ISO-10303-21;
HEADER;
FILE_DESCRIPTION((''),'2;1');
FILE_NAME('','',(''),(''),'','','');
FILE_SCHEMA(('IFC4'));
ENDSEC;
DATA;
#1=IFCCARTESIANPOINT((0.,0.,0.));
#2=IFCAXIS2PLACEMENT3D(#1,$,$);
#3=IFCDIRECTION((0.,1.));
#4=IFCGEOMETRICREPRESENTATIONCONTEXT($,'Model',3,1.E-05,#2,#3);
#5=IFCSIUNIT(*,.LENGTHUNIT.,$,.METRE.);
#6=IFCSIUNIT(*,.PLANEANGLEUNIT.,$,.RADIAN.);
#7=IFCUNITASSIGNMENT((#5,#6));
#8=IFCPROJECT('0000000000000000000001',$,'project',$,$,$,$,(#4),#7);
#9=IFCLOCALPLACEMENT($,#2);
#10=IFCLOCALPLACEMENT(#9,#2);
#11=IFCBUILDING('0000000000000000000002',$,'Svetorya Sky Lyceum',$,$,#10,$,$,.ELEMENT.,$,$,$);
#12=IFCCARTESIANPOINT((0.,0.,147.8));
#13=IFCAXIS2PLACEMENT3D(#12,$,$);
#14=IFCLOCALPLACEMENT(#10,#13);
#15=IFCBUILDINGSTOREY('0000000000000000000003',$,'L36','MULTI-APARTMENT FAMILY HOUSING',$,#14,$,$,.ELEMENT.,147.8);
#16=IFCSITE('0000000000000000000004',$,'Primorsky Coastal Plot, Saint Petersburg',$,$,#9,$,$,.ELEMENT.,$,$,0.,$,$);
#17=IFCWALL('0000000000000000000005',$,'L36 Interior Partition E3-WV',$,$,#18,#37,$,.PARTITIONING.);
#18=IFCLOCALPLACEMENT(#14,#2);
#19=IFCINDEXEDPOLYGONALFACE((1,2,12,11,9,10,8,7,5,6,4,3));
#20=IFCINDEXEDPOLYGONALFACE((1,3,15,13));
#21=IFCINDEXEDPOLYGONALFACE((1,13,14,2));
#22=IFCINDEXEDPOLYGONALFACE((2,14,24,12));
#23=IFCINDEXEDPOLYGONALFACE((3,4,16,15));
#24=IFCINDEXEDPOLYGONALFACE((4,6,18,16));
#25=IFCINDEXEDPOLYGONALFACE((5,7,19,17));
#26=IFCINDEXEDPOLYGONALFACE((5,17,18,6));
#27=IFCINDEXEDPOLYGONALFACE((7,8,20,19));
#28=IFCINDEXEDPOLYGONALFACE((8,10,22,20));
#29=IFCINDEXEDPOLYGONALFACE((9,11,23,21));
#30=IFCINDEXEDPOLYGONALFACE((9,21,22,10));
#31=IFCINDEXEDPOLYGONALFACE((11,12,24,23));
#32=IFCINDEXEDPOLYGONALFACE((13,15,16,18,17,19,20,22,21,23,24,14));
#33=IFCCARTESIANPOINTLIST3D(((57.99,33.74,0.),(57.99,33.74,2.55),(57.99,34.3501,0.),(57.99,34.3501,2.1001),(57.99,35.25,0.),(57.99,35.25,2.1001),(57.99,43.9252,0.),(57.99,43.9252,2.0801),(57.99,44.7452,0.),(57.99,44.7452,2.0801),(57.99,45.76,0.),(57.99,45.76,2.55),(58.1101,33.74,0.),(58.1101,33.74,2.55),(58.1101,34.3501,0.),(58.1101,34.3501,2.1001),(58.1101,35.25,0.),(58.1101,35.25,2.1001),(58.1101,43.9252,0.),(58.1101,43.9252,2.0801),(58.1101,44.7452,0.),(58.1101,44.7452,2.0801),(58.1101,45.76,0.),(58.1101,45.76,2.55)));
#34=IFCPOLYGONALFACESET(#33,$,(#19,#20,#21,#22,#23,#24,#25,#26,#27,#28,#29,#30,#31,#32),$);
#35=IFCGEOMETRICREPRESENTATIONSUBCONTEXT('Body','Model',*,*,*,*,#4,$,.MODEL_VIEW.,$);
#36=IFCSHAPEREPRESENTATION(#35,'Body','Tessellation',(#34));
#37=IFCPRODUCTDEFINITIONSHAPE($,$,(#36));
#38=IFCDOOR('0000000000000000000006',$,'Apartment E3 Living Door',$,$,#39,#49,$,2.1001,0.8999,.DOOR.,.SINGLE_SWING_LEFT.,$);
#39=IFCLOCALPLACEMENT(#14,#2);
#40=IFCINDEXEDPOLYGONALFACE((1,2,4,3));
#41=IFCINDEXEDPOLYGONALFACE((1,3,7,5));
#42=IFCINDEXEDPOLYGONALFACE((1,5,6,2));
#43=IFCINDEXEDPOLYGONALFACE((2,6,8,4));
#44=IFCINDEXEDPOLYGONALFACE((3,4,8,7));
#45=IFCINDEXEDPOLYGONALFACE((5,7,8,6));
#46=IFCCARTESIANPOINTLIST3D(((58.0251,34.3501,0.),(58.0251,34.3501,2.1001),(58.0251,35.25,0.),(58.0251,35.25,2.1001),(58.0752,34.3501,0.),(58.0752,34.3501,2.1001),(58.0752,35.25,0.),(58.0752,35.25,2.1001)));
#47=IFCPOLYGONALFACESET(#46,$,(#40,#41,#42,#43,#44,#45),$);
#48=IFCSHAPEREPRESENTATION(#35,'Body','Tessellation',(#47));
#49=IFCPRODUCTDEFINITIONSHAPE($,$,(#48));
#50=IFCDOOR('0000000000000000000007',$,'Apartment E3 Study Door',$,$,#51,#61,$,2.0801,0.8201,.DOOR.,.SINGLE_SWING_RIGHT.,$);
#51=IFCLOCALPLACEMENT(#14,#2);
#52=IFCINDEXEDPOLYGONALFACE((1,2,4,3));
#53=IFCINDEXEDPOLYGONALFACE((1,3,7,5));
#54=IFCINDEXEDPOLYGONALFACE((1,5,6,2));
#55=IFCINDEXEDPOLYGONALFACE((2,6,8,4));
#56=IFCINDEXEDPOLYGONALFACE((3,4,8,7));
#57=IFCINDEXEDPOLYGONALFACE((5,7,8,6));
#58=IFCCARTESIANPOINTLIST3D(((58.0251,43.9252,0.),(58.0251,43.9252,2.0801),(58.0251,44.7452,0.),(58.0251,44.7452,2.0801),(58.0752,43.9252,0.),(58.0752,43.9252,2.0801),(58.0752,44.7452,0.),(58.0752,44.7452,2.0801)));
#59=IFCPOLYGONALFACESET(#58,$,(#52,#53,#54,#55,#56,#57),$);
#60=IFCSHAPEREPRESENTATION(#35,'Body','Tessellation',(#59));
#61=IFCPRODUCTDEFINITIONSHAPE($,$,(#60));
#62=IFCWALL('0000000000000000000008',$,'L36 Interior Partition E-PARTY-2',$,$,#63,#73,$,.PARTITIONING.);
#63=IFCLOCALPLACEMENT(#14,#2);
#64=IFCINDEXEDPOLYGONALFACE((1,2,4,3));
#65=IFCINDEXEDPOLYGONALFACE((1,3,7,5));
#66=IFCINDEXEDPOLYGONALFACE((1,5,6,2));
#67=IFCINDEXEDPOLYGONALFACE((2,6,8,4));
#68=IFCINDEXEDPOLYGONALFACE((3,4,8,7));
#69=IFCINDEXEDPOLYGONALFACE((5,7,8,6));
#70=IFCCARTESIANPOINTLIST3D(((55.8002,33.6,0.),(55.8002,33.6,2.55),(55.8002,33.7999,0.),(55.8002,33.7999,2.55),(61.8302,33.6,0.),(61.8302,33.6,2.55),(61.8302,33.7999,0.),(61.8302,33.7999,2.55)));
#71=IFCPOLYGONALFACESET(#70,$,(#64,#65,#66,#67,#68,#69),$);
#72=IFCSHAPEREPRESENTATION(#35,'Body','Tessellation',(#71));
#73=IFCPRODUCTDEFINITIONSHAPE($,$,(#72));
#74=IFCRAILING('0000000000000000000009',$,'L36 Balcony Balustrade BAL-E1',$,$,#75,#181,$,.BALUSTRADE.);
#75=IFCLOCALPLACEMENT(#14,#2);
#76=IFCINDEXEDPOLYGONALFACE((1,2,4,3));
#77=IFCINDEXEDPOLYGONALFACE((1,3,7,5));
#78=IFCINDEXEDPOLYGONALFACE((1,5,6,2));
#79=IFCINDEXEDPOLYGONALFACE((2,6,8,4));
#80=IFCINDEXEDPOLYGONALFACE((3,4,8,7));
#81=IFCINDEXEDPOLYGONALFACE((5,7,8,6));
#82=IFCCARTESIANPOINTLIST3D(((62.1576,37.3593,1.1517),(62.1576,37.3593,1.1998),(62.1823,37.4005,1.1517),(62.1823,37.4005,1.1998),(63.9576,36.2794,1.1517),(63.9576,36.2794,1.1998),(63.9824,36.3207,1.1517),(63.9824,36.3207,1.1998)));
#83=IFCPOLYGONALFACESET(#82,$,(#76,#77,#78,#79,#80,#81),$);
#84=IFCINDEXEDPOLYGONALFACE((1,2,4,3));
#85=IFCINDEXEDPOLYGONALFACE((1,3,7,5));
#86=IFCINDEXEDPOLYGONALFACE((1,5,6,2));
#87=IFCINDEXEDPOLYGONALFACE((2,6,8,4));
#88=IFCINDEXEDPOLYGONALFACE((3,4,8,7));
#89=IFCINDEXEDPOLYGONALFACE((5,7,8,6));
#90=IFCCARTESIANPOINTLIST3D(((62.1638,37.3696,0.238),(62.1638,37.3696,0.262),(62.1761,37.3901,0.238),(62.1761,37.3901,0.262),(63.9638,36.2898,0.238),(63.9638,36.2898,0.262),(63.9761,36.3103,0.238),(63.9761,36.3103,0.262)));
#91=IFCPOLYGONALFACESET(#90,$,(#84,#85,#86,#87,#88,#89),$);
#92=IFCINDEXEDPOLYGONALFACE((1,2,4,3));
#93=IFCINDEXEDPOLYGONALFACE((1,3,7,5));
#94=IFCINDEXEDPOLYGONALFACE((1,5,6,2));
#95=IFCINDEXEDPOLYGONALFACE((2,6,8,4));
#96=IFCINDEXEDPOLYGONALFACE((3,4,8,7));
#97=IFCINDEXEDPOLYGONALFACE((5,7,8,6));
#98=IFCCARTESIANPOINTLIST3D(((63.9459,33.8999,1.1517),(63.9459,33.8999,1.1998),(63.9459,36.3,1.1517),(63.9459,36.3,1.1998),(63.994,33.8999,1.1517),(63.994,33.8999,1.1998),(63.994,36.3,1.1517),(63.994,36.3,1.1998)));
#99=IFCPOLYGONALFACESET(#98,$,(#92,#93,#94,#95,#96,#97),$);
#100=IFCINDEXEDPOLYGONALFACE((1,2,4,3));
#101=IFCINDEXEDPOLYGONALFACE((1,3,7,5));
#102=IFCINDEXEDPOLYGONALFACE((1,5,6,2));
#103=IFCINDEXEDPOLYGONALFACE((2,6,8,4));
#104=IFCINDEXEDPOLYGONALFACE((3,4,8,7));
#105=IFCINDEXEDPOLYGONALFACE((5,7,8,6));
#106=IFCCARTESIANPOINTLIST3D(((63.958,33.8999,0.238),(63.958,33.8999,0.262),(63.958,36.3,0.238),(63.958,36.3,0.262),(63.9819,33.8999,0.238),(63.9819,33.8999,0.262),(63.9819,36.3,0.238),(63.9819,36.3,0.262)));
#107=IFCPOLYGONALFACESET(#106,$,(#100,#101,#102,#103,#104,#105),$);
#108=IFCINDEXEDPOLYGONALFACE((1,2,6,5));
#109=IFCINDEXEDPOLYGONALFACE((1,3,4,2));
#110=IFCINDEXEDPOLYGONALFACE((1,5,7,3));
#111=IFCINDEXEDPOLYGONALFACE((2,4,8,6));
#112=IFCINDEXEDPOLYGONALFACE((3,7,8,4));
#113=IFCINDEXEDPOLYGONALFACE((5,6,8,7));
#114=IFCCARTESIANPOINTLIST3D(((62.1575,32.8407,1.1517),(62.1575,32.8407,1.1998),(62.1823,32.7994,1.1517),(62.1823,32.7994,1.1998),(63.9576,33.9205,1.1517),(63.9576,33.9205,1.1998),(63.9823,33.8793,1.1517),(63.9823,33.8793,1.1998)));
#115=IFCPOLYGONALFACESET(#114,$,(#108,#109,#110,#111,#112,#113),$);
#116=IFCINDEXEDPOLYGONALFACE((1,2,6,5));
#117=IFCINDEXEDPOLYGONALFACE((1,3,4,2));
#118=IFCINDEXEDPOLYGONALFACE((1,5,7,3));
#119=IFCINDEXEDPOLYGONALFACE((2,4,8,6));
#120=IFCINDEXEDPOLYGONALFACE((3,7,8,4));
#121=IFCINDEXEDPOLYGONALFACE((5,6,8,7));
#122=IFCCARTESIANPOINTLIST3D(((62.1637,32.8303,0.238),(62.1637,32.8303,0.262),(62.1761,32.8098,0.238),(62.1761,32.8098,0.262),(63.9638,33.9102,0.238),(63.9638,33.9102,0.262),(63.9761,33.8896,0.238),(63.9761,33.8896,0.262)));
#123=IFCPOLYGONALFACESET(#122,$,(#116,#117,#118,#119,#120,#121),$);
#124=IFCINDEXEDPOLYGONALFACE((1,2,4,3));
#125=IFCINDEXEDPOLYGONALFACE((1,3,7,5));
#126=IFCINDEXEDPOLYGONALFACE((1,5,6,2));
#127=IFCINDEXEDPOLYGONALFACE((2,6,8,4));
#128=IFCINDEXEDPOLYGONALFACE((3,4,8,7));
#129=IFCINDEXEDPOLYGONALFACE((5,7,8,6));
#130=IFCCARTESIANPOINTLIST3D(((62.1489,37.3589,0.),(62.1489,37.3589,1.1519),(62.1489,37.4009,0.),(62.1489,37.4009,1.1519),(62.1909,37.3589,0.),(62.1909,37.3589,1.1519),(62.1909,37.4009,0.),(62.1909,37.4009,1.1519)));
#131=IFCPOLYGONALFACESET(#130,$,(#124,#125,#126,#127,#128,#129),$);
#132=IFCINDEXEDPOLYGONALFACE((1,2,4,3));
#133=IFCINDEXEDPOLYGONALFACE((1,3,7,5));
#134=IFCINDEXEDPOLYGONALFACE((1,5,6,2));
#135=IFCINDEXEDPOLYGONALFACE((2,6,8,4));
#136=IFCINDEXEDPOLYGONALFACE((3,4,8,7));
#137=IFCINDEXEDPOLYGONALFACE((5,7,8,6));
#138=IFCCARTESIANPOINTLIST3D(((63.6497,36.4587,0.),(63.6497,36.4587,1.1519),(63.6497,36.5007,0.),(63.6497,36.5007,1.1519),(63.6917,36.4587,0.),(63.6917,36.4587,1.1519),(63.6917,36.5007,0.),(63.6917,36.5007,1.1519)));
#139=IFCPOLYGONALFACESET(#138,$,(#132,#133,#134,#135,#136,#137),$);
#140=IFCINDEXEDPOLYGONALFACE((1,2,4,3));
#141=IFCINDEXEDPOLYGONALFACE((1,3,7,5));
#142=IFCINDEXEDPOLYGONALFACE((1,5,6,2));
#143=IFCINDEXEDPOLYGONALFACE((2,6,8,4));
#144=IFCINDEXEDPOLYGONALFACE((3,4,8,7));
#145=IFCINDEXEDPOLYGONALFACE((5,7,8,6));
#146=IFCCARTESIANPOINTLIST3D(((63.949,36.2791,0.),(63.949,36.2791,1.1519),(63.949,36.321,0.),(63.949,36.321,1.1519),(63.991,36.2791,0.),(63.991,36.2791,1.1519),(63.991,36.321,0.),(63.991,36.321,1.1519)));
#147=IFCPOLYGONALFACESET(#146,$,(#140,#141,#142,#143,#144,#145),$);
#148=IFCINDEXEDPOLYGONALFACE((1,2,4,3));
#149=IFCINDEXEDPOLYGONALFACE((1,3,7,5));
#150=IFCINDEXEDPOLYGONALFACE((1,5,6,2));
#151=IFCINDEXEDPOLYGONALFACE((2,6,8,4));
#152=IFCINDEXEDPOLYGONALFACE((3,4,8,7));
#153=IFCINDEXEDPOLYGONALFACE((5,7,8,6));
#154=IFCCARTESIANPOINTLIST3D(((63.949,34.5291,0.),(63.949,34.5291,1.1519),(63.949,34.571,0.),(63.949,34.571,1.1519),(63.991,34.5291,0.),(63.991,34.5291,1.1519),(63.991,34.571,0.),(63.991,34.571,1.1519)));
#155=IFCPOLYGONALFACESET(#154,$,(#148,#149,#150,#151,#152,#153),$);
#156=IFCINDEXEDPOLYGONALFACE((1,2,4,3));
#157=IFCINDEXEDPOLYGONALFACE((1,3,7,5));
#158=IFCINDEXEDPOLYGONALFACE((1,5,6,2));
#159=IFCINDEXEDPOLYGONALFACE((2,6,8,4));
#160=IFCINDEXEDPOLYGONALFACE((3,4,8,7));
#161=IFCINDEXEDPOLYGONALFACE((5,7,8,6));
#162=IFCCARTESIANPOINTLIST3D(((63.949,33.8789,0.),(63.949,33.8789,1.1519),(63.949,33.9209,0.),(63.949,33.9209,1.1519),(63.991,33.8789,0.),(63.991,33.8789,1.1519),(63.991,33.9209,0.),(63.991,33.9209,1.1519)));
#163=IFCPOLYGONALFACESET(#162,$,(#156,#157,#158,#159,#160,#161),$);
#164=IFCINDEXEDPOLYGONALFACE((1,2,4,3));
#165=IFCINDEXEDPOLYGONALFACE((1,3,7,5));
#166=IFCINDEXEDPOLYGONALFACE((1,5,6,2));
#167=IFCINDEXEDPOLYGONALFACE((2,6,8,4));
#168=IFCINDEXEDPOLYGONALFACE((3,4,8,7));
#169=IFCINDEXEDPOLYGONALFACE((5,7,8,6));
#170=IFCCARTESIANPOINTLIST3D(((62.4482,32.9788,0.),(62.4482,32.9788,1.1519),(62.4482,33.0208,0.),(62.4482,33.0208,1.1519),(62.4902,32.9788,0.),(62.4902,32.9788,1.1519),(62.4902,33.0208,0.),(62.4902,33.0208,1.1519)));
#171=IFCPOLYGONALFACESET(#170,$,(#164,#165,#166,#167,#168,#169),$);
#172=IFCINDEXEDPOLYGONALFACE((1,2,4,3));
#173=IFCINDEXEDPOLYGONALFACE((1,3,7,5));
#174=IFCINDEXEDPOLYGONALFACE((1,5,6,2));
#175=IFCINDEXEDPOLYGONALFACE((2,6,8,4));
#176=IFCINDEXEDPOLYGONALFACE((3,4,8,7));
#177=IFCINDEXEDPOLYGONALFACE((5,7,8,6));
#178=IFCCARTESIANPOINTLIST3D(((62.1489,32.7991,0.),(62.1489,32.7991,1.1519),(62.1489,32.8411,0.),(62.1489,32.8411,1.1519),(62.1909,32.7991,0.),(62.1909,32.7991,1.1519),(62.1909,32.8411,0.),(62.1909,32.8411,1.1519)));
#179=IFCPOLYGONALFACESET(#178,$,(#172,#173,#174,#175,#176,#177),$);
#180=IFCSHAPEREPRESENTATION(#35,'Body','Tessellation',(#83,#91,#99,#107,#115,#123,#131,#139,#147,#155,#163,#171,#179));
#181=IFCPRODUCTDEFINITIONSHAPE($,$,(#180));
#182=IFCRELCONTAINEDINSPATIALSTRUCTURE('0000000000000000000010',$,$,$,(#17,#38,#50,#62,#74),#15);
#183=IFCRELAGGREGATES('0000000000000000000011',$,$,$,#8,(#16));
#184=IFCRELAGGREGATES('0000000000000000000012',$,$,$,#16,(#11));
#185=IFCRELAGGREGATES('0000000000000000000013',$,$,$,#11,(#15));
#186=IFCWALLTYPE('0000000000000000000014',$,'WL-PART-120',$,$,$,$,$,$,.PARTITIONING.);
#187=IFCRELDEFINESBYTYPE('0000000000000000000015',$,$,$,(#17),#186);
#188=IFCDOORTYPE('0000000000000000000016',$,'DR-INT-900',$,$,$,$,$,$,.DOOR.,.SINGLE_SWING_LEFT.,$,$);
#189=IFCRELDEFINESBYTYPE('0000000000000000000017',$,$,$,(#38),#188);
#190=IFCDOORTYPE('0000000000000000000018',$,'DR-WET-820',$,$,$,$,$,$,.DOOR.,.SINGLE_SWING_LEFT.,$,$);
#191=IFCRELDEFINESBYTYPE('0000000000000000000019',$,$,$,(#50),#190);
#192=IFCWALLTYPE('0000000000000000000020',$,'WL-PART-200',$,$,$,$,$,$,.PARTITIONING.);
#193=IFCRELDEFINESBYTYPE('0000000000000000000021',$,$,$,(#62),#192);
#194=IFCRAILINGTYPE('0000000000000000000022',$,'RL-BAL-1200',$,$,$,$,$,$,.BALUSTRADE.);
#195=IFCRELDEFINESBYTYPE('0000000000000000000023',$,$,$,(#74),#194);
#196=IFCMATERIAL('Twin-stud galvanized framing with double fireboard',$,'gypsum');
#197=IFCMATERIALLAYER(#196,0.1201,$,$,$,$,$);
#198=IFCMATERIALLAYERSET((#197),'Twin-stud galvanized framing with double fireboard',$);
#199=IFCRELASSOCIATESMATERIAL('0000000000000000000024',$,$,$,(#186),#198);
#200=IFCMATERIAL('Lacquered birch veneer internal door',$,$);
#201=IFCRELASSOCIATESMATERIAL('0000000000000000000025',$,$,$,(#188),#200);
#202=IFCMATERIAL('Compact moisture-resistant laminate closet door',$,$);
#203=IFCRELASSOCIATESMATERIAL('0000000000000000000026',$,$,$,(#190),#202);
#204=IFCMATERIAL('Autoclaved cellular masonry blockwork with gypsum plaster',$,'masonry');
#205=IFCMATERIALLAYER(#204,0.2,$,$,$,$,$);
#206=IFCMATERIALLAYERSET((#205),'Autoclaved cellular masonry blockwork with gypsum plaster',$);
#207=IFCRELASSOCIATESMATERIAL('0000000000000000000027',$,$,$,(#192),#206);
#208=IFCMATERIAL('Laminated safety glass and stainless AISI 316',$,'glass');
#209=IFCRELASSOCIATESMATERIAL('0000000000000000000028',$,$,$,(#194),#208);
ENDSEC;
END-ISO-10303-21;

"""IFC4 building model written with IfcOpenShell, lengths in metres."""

from ifc_helpers import new_model, si_unit, direction, frame, frame_2d, origin, origin_2d, place, context, subcontext, project, spatial, rectangle, extrude, material, layer, layer_set, type_object, element, fill, save


model = new_model("IFC4")

# Units and contexts
model_context = context("Model", 3, precision=1e-05, world=origin(), true_north=direction((0.0, 1.0)))
body_context = subcontext(model_context, "Body", "Model", "MODEL_VIEW")
ifc_project = project(units=[si_unit("LENGTHUNIT", "METRE"), si_unit("PLANEANGLEUNIT", "RADIAN")], contexts=[model_context])

# Site, building, storey
site_placement = place(None, origin())
site = spatial("IfcSite", under=ifc_project, at=site_placement, Name="Primorsky Coastal Plot, Saint Petersburg", CompositionType="ELEMENT", RefElevation=0.0)
building_placement = place(site_placement, origin())
building = spatial("IfcBuilding", under=site, at=building_placement, Name="Svetorya Sky Lyceum", CompositionType="ELEMENT")
storey_placement = place(building_placement, frame((0.0, 0.0, 147.8)))
storey = spatial("IfcBuildingStorey", under=building, at=storey_placement, Name="L36", Description="MULTI-APARTMENT FAMILY HOUSING", CompositionType="ELEMENT", Elevation=147.8)

# Shared definitions
ifc_material_1 = material(Name="Twin-stud galvanized framing with double fireboard", Category="gypsum")
ifc_layer_1 = layer(ifc_material_1, 0.1201)
ifc_layer_set_1 = layer_set([ifc_layer_1], Name="Twin-stud galvanized framing with double fireboard")
wall_type_1 = type_object("IfcWallType", Name="WL-PART-120", PredefinedType="PARTITIONING", material=ifc_layer_set_1)
ifc_material_2 = material(Name="Lacquered birch veneer internal door")
door_type_1 = type_object("IfcDoorType", Name="DR-INT-900", OperationType="SINGLE_SWING_LEFT", PredefinedType="DOOR", material=ifc_material_2)

# Wall, openings, doors
wall_1_placement = place(storey_placement, frame((58.05, 33.74, 0.0), z_axis=(0.0, 0.0, 1.0), x_axis=(0.0, 1.0, 0.0)))
wall_1 = element("IfcWall", 1, at=wall_1_placement, inside=storey, type_object=wall_type_1, Name="L36 Interior Partition E3-WV", PredefinedType="PARTITIONING", context=body_context, shape_type="SweptSolid", body=[
    extrude(rectangle(XDim=12.02, YDim=0.1201, at=frame_2d((6.01, 0.0))), origin(), (0.0, 0.0, 1.0), 2.55),
])
opening_1_placement = place(wall_1_placement, frame((0.6101, 0.0, 0.0)))
opening_1 = element("IfcOpeningElement", 2, at=opening_1_placement, cuts=wall_1, PredefinedType="OPENING", context=body_context, shape_type="SweptSolid", body=[
    extrude(rectangle(XDim=0.8999, YDim=2.1001, at=frame_2d((0.45, 1.05))), frame((0.0, 0.0701, 0.0), z_axis=(0.0, -1.0, 0.0), x_axis=(1.0, 0.0, 0.0)), (0.0, 0.0, 1.0), 0.1401),
])
opening_2_placement = place(wall_1_placement, frame((10.1851, 0.0, 0.0)))
opening_2 = element("IfcOpeningElement", 3, at=opening_2_placement, cuts=wall_1, PredefinedType="OPENING", context=body_context, shape_type="SweptSolid", body=[
    extrude(rectangle(XDim=0.8201, YDim=2.0801, at=frame_2d((0.4102, 1.04))), frame((0.0, 0.0701, 0.0), z_axis=(0.0, -1.0, 0.0), x_axis=(1.0, 0.0, 0.0)), (0.0, 0.0, 1.0), 0.1401),
])
door_1_placement = place(opening_1_placement, origin())
door_1 = element("IfcDoor", 4, at=door_1_placement, inside=storey, type_object=door_type_1, Name="Apartment E3 Living Door", OperationType="SINGLE_SWING_LEFT", OverallHeight=2.1001, OverallWidth=0.8999, PredefinedType="DOOR", context=body_context, shape_type="SweptSolid", body=[
    extrude(rectangle(XDim=0.8999, YDim=2.1001, at=frame_2d((0.45, 1.05))), frame((0.0, 0.0249, 0.0), z_axis=(0.0, -1.0, 0.0), x_axis=(1.0, 0.0, 0.0)), (0.0, 0.0, 1.0), 0.05),
])
fill(opening_1, door_1)
ifc_material_3 = material(Name="Compact moisture-resistant laminate closet door")
door_type_2 = type_object("IfcDoorType", Name="DR-WET-820", OperationType="SINGLE_SWING_LEFT", PredefinedType="DOOR", material=ifc_material_3)
door_2_placement = place(opening_2_placement, origin())
door_2 = element("IfcDoor", 5, at=door_2_placement, inside=storey, type_object=door_type_2, Name="Apartment E3 Study Door", OperationType="SINGLE_SWING_RIGHT", OverallHeight=2.0801, OverallWidth=0.8201, PredefinedType="DOOR", context=body_context, shape_type="SweptSolid", body=[
    extrude(rectangle(XDim=0.8201, YDim=2.0801, at=frame_2d((0.4102, 1.04))), frame((0.0, 0.0249, 0.0), z_axis=(0.0, -1.0, 0.0), x_axis=(1.0, 0.0, 0.0)), (0.0, 0.0, 1.0), 0.05),
])
fill(opening_2, door_2)

# Wall
ifc_material_4 = material(Name="Autoclaved cellular masonry blockwork with gypsum plaster", Category="masonry")
ifc_layer_2 = layer(ifc_material_4, 0.2)
ifc_layer_set_2 = layer_set([ifc_layer_2], Name="Autoclaved cellular masonry blockwork with gypsum plaster")
wall_type_2 = type_object("IfcWallType", Name="WL-PART-200", PredefinedType="PARTITIONING", material=ifc_layer_set_2)
wall_2_placement = place(storey_placement, frame((55.8, 33.7, 0.0), z_axis=(0.0, 0.0, 1.0), x_axis=(1.0, 0.0, 0.0)))
element("IfcWall", 6, at=wall_2_placement, inside=storey, type_object=wall_type_2, Name="L36 Interior Partition E-PARTY-2", PredefinedType="PARTITIONING", context=body_context, shape_type="SweptSolid", body=[
    extrude(rectangle(XDim=6.03, YDim=0.2, at=frame_2d((3.0151, 0.0))), origin(), (0.0, 0.0, 1.0), 2.55),
])

# Railing
ifc_material_5 = material(Name="Laminated safety glass and stainless AISI 316", Category="glass")
railing_type = type_object("IfcRailingType", Name="RL-BAL-1200", PredefinedType="BALUSTRADE", material=ifc_material_5)
railing_placement = place(storey_placement, frame((62.1699, 37.3799, 0.0)))
element("IfcRailing", 7, at=railing_placement, inside=storey, type_object=railing_type, Name="L36 Balcony Balustrade BAL-E1", PredefinedType="BALUSTRADE", context=body_context, shape_type="SweptSolid", body=[
    extrude(rectangle(XDim=0.0481, YDim=0.0481, at=origin_2d()), frame((0.0, 0.0, 1.1758), z_axis=(0.857534, -0.514427, 0.0), x_axis=(0.514427, 0.857534, 0.0)), (0.0, 0.0, 1.0), 2.0991),
    extrude(rectangle(XDim=0.0239, YDim=0.0239, at=origin_2d()), frame((0.0, 0.0, 0.25), z_axis=(0.857534, -0.514427, 0.0), x_axis=(0.514427, 0.857534, 0.0)), (0.0, 0.0, 1.0), 2.0991),
    extrude(rectangle(XDim=0.0481, YDim=0.0481, at=origin_2d()), frame((1.8, -1.0798, 1.1758), z_axis=(0.0, -1.0, 0.0), x_axis=(1.0, 0.0, 0.0)), (0.0, 0.0, 1.0), 2.4001),
    extrude(rectangle(XDim=0.0239, YDim=0.0239, at=origin_2d()), frame((1.8, -1.0798, 0.25), z_axis=(0.0, -1.0, 0.0), x_axis=(1.0, 0.0, 0.0)), (0.0, 0.0, 1.0), 2.4001),
    extrude(rectangle(XDim=0.0481, YDim=0.0481, at=origin_2d()), frame((1.8, -3.48, 1.1758), z_axis=(-0.857534, -0.514427, 0.0), x_axis=(0.514427, -0.857534, 0.0)), (0.0, 0.0, 1.0), 2.0991),
    extrude(rectangle(XDim=0.0239, YDim=0.0239, at=origin_2d()), frame((1.8, -3.48, 0.25), z_axis=(-0.857534, -0.514427, 0.0), x_axis=(0.514427, -0.857534, 0.0)), (0.0, 0.0, 1.0), 2.0991),
    extrude(rectangle(XDim=0.042, YDim=0.042, at=origin_2d()), origin(), (0.0, 0.0, 1.0), 1.1519),
    extrude(rectangle(XDim=0.042, YDim=0.042, at=origin_2d()), frame((1.5007, -0.9001, 0.0)), (0.0, 0.0, 1.0), 1.1519),
    extrude(rectangle(XDim=0.042, YDim=0.042, at=origin_2d()), frame((1.8, -1.0798, 0.0)), (0.0, 0.0, 1.0), 1.1519),
    extrude(rectangle(XDim=0.042, YDim=0.042, at=origin_2d()), frame((1.8, -2.8298, 0.0)), (0.0, 0.0, 1.0), 1.1519),
    extrude(rectangle(XDim=0.042, YDim=0.042, at=origin_2d()), frame((1.8, -3.48, 0.0)), (0.0, 0.0, 1.0), 1.1519),
    extrude(rectangle(XDim=0.042, YDim=0.042, at=origin_2d()), frame((0.2993, -4.3801, 0.0)), (0.0, 0.0, 1.0), 1.1519),
    extrude(rectangle(XDim=0.042, YDim=0.042, at=origin_2d()), frame((0.0, -4.5598, 0.0)), (0.0, 0.0, 1.0), 1.1519),
])

save(model, "model.ifc")
